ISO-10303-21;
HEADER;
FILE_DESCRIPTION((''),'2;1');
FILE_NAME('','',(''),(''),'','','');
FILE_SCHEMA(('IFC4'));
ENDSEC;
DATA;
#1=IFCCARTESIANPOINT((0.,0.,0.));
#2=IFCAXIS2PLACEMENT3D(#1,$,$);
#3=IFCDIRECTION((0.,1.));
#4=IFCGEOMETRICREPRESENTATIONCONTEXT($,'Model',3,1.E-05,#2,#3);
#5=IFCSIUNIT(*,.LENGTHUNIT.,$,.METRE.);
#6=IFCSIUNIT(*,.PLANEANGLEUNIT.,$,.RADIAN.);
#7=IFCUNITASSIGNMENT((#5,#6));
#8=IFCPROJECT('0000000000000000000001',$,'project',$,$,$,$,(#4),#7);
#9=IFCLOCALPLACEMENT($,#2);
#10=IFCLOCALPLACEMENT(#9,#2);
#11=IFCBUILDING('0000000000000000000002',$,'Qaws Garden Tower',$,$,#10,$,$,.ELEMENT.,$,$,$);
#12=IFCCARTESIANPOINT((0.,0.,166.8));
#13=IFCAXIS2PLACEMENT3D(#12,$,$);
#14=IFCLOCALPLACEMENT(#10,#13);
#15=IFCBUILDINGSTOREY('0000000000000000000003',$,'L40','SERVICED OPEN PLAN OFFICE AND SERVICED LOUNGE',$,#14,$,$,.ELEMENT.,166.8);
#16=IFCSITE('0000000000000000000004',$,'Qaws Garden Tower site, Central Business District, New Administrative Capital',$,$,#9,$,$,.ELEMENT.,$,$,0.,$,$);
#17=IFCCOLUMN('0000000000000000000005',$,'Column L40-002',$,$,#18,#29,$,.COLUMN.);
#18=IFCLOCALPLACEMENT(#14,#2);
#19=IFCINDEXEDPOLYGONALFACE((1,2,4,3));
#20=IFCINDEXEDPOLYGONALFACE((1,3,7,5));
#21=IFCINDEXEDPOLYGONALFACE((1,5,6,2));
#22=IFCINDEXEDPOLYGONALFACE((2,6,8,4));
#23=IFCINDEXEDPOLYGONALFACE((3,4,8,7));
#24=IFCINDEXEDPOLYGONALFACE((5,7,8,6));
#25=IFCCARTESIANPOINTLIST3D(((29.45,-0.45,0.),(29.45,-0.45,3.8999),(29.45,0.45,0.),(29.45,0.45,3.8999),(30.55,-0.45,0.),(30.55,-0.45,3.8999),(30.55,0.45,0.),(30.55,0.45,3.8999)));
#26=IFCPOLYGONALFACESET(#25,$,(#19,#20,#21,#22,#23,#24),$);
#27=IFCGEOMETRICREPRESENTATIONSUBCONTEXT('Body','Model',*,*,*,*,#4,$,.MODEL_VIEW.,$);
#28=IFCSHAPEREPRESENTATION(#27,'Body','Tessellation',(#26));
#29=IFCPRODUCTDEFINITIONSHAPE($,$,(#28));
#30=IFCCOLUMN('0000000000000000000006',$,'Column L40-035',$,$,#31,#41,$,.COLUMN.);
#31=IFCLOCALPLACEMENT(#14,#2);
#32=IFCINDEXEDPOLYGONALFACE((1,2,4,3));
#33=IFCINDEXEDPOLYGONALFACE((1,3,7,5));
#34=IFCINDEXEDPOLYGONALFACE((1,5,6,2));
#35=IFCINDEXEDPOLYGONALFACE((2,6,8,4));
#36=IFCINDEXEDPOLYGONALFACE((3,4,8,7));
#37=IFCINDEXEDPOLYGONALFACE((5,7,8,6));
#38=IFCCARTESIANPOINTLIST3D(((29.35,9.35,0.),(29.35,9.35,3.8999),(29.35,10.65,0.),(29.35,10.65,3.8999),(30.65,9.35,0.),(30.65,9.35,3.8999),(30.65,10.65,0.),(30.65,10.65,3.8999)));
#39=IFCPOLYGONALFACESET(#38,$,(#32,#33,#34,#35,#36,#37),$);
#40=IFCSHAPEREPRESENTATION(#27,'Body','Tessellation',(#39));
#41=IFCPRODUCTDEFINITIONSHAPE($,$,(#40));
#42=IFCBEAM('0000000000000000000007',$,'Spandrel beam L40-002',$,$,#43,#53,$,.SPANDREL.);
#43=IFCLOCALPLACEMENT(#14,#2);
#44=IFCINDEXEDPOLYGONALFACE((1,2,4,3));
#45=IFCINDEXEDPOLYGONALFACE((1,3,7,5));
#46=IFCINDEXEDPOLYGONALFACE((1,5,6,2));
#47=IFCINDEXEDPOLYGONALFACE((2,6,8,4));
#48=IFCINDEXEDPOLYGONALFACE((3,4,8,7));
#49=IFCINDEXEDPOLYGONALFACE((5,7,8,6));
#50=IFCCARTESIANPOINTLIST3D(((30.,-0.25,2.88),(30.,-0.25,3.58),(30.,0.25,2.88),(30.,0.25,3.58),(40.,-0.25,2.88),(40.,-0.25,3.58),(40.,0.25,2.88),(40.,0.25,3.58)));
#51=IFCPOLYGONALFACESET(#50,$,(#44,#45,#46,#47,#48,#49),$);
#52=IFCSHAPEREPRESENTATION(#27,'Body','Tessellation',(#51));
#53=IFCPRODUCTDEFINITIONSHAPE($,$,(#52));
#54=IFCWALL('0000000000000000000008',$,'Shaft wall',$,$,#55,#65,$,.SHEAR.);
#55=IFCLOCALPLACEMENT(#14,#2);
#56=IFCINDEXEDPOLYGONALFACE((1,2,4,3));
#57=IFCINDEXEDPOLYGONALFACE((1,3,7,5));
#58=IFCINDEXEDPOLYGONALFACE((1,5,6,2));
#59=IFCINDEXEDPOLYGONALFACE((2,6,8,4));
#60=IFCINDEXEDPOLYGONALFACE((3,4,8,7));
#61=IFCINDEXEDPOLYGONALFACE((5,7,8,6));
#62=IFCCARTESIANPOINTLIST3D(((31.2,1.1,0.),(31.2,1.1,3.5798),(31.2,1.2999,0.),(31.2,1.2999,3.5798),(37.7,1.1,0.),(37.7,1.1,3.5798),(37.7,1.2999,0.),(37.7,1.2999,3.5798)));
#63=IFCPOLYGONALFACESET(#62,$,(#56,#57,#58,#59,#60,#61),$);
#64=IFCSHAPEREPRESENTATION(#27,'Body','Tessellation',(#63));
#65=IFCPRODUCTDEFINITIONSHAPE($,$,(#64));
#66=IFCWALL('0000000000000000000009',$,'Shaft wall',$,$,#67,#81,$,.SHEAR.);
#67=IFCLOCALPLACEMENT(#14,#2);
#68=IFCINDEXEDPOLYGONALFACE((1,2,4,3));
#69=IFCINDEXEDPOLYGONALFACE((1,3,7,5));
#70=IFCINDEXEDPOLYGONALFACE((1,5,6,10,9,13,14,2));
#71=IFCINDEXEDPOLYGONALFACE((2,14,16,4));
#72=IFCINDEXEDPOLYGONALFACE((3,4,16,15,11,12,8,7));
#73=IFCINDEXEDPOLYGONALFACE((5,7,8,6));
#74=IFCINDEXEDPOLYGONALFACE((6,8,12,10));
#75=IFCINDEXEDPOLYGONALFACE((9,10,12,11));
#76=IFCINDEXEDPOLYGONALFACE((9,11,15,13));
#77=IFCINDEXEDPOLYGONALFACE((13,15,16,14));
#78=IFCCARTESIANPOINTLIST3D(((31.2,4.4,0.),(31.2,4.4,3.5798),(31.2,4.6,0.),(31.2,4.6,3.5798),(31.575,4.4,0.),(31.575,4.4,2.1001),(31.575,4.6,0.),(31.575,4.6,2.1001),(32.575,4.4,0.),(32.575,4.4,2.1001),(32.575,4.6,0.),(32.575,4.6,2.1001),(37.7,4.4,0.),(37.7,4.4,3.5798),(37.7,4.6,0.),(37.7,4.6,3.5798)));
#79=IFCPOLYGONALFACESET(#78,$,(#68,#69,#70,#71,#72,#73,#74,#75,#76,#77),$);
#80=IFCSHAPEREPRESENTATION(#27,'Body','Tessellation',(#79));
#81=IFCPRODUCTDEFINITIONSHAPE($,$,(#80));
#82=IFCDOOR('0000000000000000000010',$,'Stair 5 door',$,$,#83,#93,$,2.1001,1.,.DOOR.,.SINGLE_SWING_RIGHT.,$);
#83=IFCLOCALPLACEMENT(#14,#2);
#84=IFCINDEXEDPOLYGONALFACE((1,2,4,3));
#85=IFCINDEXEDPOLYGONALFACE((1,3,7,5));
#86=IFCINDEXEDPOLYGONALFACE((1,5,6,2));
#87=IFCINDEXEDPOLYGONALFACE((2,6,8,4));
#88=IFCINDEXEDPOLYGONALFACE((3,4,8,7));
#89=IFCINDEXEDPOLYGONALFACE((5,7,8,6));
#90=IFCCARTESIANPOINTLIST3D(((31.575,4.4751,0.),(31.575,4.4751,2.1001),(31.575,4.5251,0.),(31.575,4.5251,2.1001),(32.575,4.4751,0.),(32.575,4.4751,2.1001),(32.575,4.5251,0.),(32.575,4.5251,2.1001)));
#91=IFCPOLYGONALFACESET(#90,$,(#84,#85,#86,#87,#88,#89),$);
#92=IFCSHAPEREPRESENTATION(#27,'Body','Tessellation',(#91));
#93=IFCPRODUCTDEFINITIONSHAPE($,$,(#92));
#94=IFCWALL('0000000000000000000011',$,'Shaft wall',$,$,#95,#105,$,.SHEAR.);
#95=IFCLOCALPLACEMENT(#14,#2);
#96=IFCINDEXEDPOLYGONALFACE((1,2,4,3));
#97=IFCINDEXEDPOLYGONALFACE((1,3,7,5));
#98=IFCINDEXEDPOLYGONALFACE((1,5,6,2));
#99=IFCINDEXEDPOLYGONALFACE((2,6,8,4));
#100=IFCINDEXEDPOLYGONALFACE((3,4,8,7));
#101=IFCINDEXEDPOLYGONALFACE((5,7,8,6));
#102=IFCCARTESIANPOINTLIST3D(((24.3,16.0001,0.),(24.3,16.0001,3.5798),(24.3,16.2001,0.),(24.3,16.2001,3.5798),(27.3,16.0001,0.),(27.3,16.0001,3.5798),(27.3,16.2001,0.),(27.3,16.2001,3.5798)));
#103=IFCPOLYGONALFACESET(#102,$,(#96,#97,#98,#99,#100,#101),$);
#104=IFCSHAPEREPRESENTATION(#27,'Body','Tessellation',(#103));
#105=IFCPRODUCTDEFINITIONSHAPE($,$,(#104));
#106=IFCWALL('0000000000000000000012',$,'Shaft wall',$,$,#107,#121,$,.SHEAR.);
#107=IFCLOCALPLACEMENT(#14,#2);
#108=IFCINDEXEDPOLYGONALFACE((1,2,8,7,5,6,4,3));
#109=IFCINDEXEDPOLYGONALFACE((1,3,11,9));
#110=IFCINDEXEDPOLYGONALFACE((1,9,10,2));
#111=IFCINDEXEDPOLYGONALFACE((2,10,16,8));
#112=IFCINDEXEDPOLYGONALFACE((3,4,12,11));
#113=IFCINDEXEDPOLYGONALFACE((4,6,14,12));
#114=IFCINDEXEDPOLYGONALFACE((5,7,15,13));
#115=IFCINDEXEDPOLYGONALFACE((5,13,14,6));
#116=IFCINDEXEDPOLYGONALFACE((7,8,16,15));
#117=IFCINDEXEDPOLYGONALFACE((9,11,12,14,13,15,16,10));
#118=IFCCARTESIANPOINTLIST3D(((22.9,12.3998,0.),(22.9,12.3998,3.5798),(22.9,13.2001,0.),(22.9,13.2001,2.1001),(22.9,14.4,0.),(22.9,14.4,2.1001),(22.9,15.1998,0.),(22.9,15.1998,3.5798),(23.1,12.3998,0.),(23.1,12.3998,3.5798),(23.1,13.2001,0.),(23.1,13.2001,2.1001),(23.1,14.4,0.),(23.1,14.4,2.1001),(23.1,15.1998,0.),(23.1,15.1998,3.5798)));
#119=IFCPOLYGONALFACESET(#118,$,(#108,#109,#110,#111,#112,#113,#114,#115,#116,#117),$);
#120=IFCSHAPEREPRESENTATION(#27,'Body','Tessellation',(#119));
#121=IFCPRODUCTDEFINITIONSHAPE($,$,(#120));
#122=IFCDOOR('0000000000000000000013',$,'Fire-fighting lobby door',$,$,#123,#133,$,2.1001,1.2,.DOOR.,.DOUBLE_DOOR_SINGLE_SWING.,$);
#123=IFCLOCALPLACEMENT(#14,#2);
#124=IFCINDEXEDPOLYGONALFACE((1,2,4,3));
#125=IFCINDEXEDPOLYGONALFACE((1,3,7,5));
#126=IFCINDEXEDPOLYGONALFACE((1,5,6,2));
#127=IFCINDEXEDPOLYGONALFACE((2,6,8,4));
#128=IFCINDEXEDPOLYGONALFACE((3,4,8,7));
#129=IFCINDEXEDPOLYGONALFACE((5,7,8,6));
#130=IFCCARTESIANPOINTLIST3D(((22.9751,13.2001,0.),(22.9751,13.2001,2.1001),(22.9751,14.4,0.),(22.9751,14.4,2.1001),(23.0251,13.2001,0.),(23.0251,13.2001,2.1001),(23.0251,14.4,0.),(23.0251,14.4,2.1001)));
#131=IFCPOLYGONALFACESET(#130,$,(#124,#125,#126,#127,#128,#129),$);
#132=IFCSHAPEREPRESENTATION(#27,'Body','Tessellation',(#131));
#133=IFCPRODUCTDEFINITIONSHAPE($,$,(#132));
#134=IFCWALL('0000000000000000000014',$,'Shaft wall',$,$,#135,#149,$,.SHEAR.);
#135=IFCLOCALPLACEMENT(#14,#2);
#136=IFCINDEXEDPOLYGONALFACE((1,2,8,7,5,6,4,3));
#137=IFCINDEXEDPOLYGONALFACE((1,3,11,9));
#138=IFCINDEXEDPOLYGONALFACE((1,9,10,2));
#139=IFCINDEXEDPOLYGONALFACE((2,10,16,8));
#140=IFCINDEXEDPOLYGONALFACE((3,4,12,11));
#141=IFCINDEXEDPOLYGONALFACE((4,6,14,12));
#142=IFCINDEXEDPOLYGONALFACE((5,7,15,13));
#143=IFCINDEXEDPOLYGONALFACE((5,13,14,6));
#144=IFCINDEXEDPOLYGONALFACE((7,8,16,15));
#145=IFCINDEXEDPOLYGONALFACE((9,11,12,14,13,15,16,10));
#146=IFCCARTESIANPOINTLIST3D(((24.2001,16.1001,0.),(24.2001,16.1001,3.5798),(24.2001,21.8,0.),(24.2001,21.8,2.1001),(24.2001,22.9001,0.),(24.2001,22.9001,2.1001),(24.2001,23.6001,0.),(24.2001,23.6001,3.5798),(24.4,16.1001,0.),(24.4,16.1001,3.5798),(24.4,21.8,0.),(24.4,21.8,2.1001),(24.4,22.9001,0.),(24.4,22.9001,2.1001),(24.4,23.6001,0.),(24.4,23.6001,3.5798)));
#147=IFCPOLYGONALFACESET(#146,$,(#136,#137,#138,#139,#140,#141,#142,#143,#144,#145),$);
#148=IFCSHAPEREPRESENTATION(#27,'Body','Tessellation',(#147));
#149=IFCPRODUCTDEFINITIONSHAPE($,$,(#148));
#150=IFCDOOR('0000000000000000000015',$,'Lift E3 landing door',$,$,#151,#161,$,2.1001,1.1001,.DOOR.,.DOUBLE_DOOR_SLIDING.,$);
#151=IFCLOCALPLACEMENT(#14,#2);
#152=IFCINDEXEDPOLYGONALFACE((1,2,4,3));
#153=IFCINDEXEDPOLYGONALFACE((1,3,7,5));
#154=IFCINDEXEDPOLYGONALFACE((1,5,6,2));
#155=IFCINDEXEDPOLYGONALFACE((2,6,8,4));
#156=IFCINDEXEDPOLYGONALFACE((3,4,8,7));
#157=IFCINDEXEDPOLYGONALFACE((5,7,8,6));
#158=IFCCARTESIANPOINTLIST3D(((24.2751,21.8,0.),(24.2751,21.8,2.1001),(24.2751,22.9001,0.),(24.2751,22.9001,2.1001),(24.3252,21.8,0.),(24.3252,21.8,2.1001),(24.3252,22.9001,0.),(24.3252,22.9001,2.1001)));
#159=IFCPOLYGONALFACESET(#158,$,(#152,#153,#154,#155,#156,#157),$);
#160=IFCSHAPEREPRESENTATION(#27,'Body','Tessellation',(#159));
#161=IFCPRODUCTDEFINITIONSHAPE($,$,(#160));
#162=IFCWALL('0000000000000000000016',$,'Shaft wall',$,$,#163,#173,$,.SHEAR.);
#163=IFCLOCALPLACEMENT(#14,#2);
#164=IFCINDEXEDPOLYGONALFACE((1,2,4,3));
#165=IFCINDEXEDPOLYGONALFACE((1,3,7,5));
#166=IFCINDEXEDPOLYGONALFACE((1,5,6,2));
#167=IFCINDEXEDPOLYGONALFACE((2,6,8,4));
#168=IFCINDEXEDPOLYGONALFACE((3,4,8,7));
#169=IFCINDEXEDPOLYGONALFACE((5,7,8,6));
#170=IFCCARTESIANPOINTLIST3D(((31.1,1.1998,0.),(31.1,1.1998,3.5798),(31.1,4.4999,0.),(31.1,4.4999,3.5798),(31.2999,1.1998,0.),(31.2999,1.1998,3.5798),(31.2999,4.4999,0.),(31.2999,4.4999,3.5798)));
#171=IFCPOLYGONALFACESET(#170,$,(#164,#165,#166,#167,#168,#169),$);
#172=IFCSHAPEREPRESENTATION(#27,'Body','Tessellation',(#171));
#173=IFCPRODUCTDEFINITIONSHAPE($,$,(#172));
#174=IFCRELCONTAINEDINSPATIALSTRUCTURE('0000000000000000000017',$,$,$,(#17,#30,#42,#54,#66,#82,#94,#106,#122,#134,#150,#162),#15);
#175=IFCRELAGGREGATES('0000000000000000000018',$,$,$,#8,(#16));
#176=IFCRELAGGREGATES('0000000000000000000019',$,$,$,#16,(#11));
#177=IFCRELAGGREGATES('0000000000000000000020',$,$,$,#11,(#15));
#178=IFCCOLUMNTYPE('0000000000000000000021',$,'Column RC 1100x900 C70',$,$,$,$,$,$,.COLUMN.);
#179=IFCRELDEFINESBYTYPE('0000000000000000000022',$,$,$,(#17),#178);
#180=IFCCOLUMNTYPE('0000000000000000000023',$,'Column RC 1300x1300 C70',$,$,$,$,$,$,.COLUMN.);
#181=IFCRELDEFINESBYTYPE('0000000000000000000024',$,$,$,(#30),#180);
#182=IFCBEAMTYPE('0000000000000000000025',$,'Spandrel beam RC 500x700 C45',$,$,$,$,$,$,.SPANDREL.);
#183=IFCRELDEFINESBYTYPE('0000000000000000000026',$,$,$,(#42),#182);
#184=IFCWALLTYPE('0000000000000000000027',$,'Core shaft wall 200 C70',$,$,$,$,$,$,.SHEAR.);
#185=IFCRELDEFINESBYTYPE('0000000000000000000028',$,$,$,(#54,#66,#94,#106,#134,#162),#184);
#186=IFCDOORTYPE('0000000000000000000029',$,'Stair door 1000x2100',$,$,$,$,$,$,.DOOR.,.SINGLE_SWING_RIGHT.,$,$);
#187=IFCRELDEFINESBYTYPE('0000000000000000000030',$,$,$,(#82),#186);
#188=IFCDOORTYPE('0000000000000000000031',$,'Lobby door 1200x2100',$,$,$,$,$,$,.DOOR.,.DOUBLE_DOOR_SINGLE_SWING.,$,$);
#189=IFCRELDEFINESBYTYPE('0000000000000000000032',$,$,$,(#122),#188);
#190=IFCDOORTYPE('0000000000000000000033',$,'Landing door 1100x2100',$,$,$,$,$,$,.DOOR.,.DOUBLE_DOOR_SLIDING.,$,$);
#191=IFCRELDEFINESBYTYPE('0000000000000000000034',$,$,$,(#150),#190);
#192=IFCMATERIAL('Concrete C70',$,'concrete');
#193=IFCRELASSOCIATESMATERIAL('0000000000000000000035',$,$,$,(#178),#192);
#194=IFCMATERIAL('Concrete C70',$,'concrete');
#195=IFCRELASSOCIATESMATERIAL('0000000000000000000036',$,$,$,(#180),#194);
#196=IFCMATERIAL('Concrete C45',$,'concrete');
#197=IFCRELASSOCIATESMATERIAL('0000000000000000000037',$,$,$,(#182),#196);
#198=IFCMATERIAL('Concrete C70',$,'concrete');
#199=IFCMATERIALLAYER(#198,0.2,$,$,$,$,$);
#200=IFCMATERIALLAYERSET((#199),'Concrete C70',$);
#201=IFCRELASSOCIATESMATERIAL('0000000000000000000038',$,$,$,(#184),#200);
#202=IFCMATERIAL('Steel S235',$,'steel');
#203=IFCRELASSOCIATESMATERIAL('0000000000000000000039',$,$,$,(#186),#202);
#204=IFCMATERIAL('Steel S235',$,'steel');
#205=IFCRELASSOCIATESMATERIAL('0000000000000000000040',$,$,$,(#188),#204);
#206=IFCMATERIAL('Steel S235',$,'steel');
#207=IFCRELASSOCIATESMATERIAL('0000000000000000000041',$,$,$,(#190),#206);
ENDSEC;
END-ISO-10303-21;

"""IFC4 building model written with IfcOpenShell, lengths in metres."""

from ifc_helpers import new_model, si_unit, direction, frame, frame_2d, origin, origin_2d, place, context, subcontext, project, spatial, rectangle, extrude, material, layer, layer_set, material_profile, profile_set, type_object, element, fill, save


model = new_model("IFC4")

# Units and contexts
model_context = context("Model", 3, precision=1e-05, world=origin(), true_north=direction((0.0, 1.0)))
body_context = subcontext(model_context, "Body", "Model", "MODEL_VIEW")
ifc_project = project(units=[si_unit("LENGTHUNIT", "METRE"), si_unit("PLANEANGLEUNIT", "RADIAN")], contexts=[model_context])

# Site, building, storey
site_placement = place(None, origin())
site = spatial("IfcSite", under=ifc_project, at=site_placement, Name="Qaws Garden Tower site, Central Business District, New Administrative Capital", CompositionType="ELEMENT", RefElevation=0.0)
building_placement = place(site_placement, origin())
building = spatial("IfcBuilding", under=site, at=building_placement, Name="Qaws Garden Tower", CompositionType="ELEMENT")
storey_placement = place(building_placement, frame((0.0, 0.0, 166.8)))
storey = spatial("IfcBuildingStorey", under=building, at=storey_placement, Name="L40", Description="SERVICED OPEN PLAN OFFICE AND SERVICED LOUNGE", CompositionType="ELEMENT", Elevation=166.8)

# Columns
ifc_material_1 = material(Name="Concrete C70", Category="concrete")
ifc_material_profile_1 = material_profile(ifc_material_1, rectangle(XDim=1.1001, YDim=0.8999, at=origin_2d()), Name="RC 1100x900")
ifc_profile_set_1 = profile_set([ifc_material_profile_1], Name="Concrete C70")
column_type_1 = type_object("IfcColumnType", Name="Column RC 1100x900 C70", PredefinedType="COLUMN", material=ifc_profile_set_1)
column_1_placement = place(storey_placement, frame((30.0, 0.0, 0.0), z_axis=(0.0, 0.0, 1.0), x_axis=(1.0, 0.0, 0.0)))
element("IfcColumn", 1, at=column_1_placement, inside=storey, type_object=column_type_1, Name="Column L40-002", PredefinedType="COLUMN", context=body_context, shape_type="SweptSolid", body=[
    extrude(rectangle(XDim=1.1001, YDim=0.8999, at=origin_2d()), origin(), (0.0, 0.0, 1.0), 3.8999),
])
ifc_material_2 = material(Name="Concrete C70", Category="concrete")
ifc_material_profile_2 = material_profile(ifc_material_2, rectangle(XDim=1.3, YDim=1.3, at=origin_2d()), Name="RC 1300x1300")
ifc_profile_set_2 = profile_set([ifc_material_profile_2], Name="Concrete C70")
column_type_2 = type_object("IfcColumnType", Name="Column RC 1300x1300 C70", PredefinedType="COLUMN", material=ifc_profile_set_2)
column_2_placement = place(storey_placement, frame((30.0, 10.0, 0.0), z_axis=(0.0, 0.0, 1.0), x_axis=(1.0, 0.0, 0.0)))
element("IfcColumn", 2, at=column_2_placement, inside=storey, type_object=column_type_2, Name="Column L40-035", PredefinedType="COLUMN", context=body_context, shape_type="SweptSolid", body=[
    extrude(rectangle(XDim=1.3, YDim=1.3, at=origin_2d()), origin(), (0.0, 0.0, 1.0), 3.8999),
])

# Beam
ifc_material_3 = material(Name="Concrete C45", Category="concrete")
ifc_material_profile_3 = material_profile(ifc_material_3, rectangle(XDim=0.5, YDim=0.7, at=origin_2d()), Name="RC 500x700")
ifc_profile_set_3 = profile_set([ifc_material_profile_3], Name="Concrete C45")
beam_type = type_object("IfcBeamType", Name="Spandrel beam RC 500x700 C45", PredefinedType="SPANDREL", material=ifc_profile_set_3)
beam_placement = place(storey_placement, frame((30.0, 0.0, 3.23), z_axis=(1.0, 0.0, 0.0), x_axis=(0.0, 1.0, 0.0)))
element("IfcBeam", 3, at=beam_placement, inside=storey, type_object=beam_type, Name="Spandrel beam L40-002", PredefinedType="SPANDREL", context=body_context, shape_type="SweptSolid", body=[
    extrude(rectangle(XDim=0.5, YDim=0.7, at=origin_2d()), origin(), (0.0, 0.0, 1.0), 10.0),
])

# Wall
ifc_material_4 = material(Name="Concrete C70", Category="concrete")
ifc_layer_1 = layer(ifc_material_4, 0.2)
ifc_layer_set_1 = layer_set([ifc_layer_1], Name="Concrete C70")
wall_type_1 = type_object("IfcWallType", Name="Core shaft wall 200 C70", PredefinedType="SHEAR", material=ifc_layer_set_1)
wall_1_placement = place(storey_placement, frame((31.2, 1.2, 0.0), z_axis=(0.0, 0.0, 1.0), x_axis=(1.0, 0.0, 0.0)))
element("IfcWall", 4, at=wall_1_placement, inside=storey, type_object=wall_type_1, Name="Shaft wall", PredefinedType="SHEAR", context=body_context, shape_type="SweptSolid", body=[
    extrude(rectangle(XDim=6.5, YDim=0.2, at=frame_2d((3.25, 0.0))), origin(), (0.0, 0.0, 1.0), 3.5798),
])

# Wall, opening, door
wall_2_placement = place(storey_placement, frame((31.2, 4.5, 0.0), z_axis=(0.0, 0.0, 1.0), x_axis=(1.0, 0.0, 0.0)))
wall_2 = element("IfcWall", 5, at=wall_2_placement, inside=storey, type_object=wall_type_1, Name="Shaft wall", PredefinedType="SHEAR", context=body_context, shape_type="SweptSolid", body=[
    extrude(rectangle(XDim=6.5, YDim=0.2, at=frame_2d((3.25, 0.0))), origin(), (0.0, 0.0, 1.0), 3.5798),
])
opening_1_placement = place(wall_2_placement, frame((0.375, 0.0, 0.0)))
opening_1 = element("IfcOpeningElement", 6, at=opening_1_placement, cuts=wall_2, PredefinedType="OPENING", context=body_context, shape_type="SweptSolid", body=[
    extrude(rectangle(XDim=1.0, YDim=2.1001, at=frame_2d((0.5, 1.05))), frame((0.0, 0.1099, 0.0), z_axis=(0.0, -1.0, 0.0), x_axis=(1.0, 0.0, 0.0)), (0.0, 0.0, 1.0), 0.22),
])
ifc_material_5 = material(Name="Steel S235", Category="steel")
door_type_1 = type_object("IfcDoorType", Name="Stair door 1000x2100", OperationType="SINGLE_SWING_RIGHT", PredefinedType="DOOR", material=ifc_material_5)
door_1_placement = place(opening_1_placement, frame((1.0, 0.0, 0.0), z_axis=(0.0, 0.0, 1.0), x_axis=(-1.0, 0.0, 0.0)))
door_1 = element("IfcDoor", 7, at=door_1_placement, inside=storey, type_object=door_type_1, Name="Stair 5 door", OperationType="SINGLE_SWING_RIGHT", OverallHeight=2.1001, OverallWidth=1.0, PredefinedType="DOOR", context=body_context, shape_type="SweptSolid", body=[
    extrude(rectangle(XDim=1.0, YDim=2.1001, at=frame_2d((0.5, 1.05))), frame((0.0, 0.0249, 0.0), z_axis=(0.0, -1.0, 0.0), x_axis=(1.0, 0.0, 0.0)), (0.0, 0.0, 1.0), 0.05),
])
fill(opening_1, door_1)

# Wall
wall_3_placement = place(storey_placement, frame((24.3, 16.1001, 0.0), z_axis=(0.0, 0.0, 1.0), x_axis=(1.0, 0.0, 0.0)))
element("IfcWall", 8, at=wall_3_placement, inside=storey, type_object=wall_type_1, Name="Shaft wall", PredefinedType="SHEAR", context=body_context, shape_type="SweptSolid", body=[
    extrude(rectangle(XDim=3.0, YDim=0.2, at=frame_2d((1.5, 0.0))), origin(), (0.0, 0.0, 1.0), 3.5798),
])

# Walls, openings, doors
wall_4_placement = place(storey_placement, frame((23.0, 12.3999, 0.0), z_axis=(0.0, 0.0, 1.0), x_axis=(0.0, 1.0, 0.0)))
wall_4 = element("IfcWall", 9, at=wall_4_placement, inside=storey, type_object=wall_type_1, Name="Shaft wall", PredefinedType="SHEAR", context=body_context, shape_type="SweptSolid", body=[
    extrude(rectangle(XDim=2.8, YDim=0.2, at=frame_2d((1.3999, 0.0))), origin(), (0.0, 0.0, 1.0), 3.5798),
])
opening_2_placement = place(wall_4_placement, frame((0.8, 0.0, 0.0)))
opening_2 = element("IfcOpeningElement", 10, at=opening_2_placement, cuts=wall_4, PredefinedType="OPENING", context=body_context, shape_type="SweptSolid", body=[
    extrude(rectangle(XDim=1.2, YDim=2.1001, at=frame_2d((0.6001, 1.05))), frame((0.0, 0.1099, 0.0), z_axis=(0.0, -1.0, 0.0), x_axis=(1.0, 0.0, 0.0)), (0.0, 0.0, 1.0), 0.22),
])
ifc_material_6 = material(Name="Steel S235", Category="steel")
door_type_2 = type_object("IfcDoorType", Name="Lobby door 1200x2100", OperationType="DOUBLE_DOOR_SINGLE_SWING", PredefinedType="DOOR", material=ifc_material_6)
door_2_placement = place(opening_2_placement, origin())
door_2 = element("IfcDoor", 11, at=door_2_placement, inside=storey, type_object=door_type_2, Name="Fire-fighting lobby door", OperationType="DOUBLE_DOOR_SINGLE_SWING", OverallHeight=2.1001, OverallWidth=1.2, PredefinedType="DOOR", context=body_context, shape_type="SweptSolid", body=[
    extrude(rectangle(XDim=1.2, YDim=2.1001, at=frame_2d((0.6001, 1.05))), frame((0.0, 0.0249, 0.0), z_axis=(0.0, -1.0, 0.0), x_axis=(1.0, 0.0, 0.0)), (0.0, 0.0, 1.0), 0.05),
])
fill(opening_2, door_2)
wall_5_placement = place(storey_placement, frame((24.3, 16.1001, 0.0), z_axis=(0.0, 0.0, 1.0), x_axis=(0.0, 1.0, 0.0)))
wall_5 = element("IfcWall", 12, at=wall_5_placement, inside=storey, type_object=wall_type_1, Name="Shaft wall", PredefinedType="SHEAR", context=body_context, shape_type="SweptSolid", body=[
    extrude(rectangle(XDim=7.5, YDim=0.2, at=frame_2d((3.75, 0.0))), origin(), (0.0, 0.0, 1.0), 3.5798),
])
opening_3_placement = place(wall_5_placement, frame((5.7, 0.0, 0.0)))
opening_3 = element("IfcOpeningElement", 13, at=opening_3_placement, cuts=wall_5, PredefinedType="OPENING", context=body_context, shape_type="SweptSolid", body=[
    extrude(rectangle(XDim=1.1001, YDim=2.1001, at=frame_2d((0.55, 1.05))), frame((0.0, 0.1099, 0.0), z_axis=(0.0, -1.0, 0.0), x_axis=(1.0, 0.0, 0.0)), (0.0, 0.0, 1.0), 0.22),
])
ifc_material_7 = material(Name="Steel S235", Category="steel")
door_type_3 = type_object("IfcDoorType", Name="Landing door 1100x2100", OperationType="DOUBLE_DOOR_SLIDING", PredefinedType="DOOR", material=ifc_material_7)
door_3_placement = place(opening_3_placement, origin())
door_3 = element("IfcDoor", 14, at=door_3_placement, inside=storey, type_object=door_type_3, Name="Lift E3 landing door", OperationType="DOUBLE_DOOR_SLIDING", OverallHeight=2.1001, OverallWidth=1.1001, PredefinedType="DOOR", context=body_context, shape_type="SweptSolid", body=[
    extrude(rectangle(XDim=1.1001, YDim=2.1001, at=frame_2d((0.55, 1.05))), frame((0.0, 0.0249, 0.0), z_axis=(0.0, -1.0, 0.0), x_axis=(1.0, 0.0, 0.0)), (0.0, 0.0, 1.0), 0.05),
])
fill(opening_3, door_3)

# Wall
wall_6_placement = place(storey_placement, frame((31.2, 1.2, 0.0), z_axis=(0.0, 0.0, 1.0), x_axis=(0.0, 1.0, 0.0)))
element("IfcWall", 15, at=wall_6_placement, inside=storey, type_object=wall_type_1, Name="Shaft wall", PredefinedType="SHEAR", context=body_context, shape_type="SweptSolid", body=[
    extrude(rectangle(XDim=3.3, YDim=0.2, at=frame_2d((1.6499, 0.0))), origin(), (0.0, 0.0, 1.0), 3.5798),
])

save(model, "model.ifc")
